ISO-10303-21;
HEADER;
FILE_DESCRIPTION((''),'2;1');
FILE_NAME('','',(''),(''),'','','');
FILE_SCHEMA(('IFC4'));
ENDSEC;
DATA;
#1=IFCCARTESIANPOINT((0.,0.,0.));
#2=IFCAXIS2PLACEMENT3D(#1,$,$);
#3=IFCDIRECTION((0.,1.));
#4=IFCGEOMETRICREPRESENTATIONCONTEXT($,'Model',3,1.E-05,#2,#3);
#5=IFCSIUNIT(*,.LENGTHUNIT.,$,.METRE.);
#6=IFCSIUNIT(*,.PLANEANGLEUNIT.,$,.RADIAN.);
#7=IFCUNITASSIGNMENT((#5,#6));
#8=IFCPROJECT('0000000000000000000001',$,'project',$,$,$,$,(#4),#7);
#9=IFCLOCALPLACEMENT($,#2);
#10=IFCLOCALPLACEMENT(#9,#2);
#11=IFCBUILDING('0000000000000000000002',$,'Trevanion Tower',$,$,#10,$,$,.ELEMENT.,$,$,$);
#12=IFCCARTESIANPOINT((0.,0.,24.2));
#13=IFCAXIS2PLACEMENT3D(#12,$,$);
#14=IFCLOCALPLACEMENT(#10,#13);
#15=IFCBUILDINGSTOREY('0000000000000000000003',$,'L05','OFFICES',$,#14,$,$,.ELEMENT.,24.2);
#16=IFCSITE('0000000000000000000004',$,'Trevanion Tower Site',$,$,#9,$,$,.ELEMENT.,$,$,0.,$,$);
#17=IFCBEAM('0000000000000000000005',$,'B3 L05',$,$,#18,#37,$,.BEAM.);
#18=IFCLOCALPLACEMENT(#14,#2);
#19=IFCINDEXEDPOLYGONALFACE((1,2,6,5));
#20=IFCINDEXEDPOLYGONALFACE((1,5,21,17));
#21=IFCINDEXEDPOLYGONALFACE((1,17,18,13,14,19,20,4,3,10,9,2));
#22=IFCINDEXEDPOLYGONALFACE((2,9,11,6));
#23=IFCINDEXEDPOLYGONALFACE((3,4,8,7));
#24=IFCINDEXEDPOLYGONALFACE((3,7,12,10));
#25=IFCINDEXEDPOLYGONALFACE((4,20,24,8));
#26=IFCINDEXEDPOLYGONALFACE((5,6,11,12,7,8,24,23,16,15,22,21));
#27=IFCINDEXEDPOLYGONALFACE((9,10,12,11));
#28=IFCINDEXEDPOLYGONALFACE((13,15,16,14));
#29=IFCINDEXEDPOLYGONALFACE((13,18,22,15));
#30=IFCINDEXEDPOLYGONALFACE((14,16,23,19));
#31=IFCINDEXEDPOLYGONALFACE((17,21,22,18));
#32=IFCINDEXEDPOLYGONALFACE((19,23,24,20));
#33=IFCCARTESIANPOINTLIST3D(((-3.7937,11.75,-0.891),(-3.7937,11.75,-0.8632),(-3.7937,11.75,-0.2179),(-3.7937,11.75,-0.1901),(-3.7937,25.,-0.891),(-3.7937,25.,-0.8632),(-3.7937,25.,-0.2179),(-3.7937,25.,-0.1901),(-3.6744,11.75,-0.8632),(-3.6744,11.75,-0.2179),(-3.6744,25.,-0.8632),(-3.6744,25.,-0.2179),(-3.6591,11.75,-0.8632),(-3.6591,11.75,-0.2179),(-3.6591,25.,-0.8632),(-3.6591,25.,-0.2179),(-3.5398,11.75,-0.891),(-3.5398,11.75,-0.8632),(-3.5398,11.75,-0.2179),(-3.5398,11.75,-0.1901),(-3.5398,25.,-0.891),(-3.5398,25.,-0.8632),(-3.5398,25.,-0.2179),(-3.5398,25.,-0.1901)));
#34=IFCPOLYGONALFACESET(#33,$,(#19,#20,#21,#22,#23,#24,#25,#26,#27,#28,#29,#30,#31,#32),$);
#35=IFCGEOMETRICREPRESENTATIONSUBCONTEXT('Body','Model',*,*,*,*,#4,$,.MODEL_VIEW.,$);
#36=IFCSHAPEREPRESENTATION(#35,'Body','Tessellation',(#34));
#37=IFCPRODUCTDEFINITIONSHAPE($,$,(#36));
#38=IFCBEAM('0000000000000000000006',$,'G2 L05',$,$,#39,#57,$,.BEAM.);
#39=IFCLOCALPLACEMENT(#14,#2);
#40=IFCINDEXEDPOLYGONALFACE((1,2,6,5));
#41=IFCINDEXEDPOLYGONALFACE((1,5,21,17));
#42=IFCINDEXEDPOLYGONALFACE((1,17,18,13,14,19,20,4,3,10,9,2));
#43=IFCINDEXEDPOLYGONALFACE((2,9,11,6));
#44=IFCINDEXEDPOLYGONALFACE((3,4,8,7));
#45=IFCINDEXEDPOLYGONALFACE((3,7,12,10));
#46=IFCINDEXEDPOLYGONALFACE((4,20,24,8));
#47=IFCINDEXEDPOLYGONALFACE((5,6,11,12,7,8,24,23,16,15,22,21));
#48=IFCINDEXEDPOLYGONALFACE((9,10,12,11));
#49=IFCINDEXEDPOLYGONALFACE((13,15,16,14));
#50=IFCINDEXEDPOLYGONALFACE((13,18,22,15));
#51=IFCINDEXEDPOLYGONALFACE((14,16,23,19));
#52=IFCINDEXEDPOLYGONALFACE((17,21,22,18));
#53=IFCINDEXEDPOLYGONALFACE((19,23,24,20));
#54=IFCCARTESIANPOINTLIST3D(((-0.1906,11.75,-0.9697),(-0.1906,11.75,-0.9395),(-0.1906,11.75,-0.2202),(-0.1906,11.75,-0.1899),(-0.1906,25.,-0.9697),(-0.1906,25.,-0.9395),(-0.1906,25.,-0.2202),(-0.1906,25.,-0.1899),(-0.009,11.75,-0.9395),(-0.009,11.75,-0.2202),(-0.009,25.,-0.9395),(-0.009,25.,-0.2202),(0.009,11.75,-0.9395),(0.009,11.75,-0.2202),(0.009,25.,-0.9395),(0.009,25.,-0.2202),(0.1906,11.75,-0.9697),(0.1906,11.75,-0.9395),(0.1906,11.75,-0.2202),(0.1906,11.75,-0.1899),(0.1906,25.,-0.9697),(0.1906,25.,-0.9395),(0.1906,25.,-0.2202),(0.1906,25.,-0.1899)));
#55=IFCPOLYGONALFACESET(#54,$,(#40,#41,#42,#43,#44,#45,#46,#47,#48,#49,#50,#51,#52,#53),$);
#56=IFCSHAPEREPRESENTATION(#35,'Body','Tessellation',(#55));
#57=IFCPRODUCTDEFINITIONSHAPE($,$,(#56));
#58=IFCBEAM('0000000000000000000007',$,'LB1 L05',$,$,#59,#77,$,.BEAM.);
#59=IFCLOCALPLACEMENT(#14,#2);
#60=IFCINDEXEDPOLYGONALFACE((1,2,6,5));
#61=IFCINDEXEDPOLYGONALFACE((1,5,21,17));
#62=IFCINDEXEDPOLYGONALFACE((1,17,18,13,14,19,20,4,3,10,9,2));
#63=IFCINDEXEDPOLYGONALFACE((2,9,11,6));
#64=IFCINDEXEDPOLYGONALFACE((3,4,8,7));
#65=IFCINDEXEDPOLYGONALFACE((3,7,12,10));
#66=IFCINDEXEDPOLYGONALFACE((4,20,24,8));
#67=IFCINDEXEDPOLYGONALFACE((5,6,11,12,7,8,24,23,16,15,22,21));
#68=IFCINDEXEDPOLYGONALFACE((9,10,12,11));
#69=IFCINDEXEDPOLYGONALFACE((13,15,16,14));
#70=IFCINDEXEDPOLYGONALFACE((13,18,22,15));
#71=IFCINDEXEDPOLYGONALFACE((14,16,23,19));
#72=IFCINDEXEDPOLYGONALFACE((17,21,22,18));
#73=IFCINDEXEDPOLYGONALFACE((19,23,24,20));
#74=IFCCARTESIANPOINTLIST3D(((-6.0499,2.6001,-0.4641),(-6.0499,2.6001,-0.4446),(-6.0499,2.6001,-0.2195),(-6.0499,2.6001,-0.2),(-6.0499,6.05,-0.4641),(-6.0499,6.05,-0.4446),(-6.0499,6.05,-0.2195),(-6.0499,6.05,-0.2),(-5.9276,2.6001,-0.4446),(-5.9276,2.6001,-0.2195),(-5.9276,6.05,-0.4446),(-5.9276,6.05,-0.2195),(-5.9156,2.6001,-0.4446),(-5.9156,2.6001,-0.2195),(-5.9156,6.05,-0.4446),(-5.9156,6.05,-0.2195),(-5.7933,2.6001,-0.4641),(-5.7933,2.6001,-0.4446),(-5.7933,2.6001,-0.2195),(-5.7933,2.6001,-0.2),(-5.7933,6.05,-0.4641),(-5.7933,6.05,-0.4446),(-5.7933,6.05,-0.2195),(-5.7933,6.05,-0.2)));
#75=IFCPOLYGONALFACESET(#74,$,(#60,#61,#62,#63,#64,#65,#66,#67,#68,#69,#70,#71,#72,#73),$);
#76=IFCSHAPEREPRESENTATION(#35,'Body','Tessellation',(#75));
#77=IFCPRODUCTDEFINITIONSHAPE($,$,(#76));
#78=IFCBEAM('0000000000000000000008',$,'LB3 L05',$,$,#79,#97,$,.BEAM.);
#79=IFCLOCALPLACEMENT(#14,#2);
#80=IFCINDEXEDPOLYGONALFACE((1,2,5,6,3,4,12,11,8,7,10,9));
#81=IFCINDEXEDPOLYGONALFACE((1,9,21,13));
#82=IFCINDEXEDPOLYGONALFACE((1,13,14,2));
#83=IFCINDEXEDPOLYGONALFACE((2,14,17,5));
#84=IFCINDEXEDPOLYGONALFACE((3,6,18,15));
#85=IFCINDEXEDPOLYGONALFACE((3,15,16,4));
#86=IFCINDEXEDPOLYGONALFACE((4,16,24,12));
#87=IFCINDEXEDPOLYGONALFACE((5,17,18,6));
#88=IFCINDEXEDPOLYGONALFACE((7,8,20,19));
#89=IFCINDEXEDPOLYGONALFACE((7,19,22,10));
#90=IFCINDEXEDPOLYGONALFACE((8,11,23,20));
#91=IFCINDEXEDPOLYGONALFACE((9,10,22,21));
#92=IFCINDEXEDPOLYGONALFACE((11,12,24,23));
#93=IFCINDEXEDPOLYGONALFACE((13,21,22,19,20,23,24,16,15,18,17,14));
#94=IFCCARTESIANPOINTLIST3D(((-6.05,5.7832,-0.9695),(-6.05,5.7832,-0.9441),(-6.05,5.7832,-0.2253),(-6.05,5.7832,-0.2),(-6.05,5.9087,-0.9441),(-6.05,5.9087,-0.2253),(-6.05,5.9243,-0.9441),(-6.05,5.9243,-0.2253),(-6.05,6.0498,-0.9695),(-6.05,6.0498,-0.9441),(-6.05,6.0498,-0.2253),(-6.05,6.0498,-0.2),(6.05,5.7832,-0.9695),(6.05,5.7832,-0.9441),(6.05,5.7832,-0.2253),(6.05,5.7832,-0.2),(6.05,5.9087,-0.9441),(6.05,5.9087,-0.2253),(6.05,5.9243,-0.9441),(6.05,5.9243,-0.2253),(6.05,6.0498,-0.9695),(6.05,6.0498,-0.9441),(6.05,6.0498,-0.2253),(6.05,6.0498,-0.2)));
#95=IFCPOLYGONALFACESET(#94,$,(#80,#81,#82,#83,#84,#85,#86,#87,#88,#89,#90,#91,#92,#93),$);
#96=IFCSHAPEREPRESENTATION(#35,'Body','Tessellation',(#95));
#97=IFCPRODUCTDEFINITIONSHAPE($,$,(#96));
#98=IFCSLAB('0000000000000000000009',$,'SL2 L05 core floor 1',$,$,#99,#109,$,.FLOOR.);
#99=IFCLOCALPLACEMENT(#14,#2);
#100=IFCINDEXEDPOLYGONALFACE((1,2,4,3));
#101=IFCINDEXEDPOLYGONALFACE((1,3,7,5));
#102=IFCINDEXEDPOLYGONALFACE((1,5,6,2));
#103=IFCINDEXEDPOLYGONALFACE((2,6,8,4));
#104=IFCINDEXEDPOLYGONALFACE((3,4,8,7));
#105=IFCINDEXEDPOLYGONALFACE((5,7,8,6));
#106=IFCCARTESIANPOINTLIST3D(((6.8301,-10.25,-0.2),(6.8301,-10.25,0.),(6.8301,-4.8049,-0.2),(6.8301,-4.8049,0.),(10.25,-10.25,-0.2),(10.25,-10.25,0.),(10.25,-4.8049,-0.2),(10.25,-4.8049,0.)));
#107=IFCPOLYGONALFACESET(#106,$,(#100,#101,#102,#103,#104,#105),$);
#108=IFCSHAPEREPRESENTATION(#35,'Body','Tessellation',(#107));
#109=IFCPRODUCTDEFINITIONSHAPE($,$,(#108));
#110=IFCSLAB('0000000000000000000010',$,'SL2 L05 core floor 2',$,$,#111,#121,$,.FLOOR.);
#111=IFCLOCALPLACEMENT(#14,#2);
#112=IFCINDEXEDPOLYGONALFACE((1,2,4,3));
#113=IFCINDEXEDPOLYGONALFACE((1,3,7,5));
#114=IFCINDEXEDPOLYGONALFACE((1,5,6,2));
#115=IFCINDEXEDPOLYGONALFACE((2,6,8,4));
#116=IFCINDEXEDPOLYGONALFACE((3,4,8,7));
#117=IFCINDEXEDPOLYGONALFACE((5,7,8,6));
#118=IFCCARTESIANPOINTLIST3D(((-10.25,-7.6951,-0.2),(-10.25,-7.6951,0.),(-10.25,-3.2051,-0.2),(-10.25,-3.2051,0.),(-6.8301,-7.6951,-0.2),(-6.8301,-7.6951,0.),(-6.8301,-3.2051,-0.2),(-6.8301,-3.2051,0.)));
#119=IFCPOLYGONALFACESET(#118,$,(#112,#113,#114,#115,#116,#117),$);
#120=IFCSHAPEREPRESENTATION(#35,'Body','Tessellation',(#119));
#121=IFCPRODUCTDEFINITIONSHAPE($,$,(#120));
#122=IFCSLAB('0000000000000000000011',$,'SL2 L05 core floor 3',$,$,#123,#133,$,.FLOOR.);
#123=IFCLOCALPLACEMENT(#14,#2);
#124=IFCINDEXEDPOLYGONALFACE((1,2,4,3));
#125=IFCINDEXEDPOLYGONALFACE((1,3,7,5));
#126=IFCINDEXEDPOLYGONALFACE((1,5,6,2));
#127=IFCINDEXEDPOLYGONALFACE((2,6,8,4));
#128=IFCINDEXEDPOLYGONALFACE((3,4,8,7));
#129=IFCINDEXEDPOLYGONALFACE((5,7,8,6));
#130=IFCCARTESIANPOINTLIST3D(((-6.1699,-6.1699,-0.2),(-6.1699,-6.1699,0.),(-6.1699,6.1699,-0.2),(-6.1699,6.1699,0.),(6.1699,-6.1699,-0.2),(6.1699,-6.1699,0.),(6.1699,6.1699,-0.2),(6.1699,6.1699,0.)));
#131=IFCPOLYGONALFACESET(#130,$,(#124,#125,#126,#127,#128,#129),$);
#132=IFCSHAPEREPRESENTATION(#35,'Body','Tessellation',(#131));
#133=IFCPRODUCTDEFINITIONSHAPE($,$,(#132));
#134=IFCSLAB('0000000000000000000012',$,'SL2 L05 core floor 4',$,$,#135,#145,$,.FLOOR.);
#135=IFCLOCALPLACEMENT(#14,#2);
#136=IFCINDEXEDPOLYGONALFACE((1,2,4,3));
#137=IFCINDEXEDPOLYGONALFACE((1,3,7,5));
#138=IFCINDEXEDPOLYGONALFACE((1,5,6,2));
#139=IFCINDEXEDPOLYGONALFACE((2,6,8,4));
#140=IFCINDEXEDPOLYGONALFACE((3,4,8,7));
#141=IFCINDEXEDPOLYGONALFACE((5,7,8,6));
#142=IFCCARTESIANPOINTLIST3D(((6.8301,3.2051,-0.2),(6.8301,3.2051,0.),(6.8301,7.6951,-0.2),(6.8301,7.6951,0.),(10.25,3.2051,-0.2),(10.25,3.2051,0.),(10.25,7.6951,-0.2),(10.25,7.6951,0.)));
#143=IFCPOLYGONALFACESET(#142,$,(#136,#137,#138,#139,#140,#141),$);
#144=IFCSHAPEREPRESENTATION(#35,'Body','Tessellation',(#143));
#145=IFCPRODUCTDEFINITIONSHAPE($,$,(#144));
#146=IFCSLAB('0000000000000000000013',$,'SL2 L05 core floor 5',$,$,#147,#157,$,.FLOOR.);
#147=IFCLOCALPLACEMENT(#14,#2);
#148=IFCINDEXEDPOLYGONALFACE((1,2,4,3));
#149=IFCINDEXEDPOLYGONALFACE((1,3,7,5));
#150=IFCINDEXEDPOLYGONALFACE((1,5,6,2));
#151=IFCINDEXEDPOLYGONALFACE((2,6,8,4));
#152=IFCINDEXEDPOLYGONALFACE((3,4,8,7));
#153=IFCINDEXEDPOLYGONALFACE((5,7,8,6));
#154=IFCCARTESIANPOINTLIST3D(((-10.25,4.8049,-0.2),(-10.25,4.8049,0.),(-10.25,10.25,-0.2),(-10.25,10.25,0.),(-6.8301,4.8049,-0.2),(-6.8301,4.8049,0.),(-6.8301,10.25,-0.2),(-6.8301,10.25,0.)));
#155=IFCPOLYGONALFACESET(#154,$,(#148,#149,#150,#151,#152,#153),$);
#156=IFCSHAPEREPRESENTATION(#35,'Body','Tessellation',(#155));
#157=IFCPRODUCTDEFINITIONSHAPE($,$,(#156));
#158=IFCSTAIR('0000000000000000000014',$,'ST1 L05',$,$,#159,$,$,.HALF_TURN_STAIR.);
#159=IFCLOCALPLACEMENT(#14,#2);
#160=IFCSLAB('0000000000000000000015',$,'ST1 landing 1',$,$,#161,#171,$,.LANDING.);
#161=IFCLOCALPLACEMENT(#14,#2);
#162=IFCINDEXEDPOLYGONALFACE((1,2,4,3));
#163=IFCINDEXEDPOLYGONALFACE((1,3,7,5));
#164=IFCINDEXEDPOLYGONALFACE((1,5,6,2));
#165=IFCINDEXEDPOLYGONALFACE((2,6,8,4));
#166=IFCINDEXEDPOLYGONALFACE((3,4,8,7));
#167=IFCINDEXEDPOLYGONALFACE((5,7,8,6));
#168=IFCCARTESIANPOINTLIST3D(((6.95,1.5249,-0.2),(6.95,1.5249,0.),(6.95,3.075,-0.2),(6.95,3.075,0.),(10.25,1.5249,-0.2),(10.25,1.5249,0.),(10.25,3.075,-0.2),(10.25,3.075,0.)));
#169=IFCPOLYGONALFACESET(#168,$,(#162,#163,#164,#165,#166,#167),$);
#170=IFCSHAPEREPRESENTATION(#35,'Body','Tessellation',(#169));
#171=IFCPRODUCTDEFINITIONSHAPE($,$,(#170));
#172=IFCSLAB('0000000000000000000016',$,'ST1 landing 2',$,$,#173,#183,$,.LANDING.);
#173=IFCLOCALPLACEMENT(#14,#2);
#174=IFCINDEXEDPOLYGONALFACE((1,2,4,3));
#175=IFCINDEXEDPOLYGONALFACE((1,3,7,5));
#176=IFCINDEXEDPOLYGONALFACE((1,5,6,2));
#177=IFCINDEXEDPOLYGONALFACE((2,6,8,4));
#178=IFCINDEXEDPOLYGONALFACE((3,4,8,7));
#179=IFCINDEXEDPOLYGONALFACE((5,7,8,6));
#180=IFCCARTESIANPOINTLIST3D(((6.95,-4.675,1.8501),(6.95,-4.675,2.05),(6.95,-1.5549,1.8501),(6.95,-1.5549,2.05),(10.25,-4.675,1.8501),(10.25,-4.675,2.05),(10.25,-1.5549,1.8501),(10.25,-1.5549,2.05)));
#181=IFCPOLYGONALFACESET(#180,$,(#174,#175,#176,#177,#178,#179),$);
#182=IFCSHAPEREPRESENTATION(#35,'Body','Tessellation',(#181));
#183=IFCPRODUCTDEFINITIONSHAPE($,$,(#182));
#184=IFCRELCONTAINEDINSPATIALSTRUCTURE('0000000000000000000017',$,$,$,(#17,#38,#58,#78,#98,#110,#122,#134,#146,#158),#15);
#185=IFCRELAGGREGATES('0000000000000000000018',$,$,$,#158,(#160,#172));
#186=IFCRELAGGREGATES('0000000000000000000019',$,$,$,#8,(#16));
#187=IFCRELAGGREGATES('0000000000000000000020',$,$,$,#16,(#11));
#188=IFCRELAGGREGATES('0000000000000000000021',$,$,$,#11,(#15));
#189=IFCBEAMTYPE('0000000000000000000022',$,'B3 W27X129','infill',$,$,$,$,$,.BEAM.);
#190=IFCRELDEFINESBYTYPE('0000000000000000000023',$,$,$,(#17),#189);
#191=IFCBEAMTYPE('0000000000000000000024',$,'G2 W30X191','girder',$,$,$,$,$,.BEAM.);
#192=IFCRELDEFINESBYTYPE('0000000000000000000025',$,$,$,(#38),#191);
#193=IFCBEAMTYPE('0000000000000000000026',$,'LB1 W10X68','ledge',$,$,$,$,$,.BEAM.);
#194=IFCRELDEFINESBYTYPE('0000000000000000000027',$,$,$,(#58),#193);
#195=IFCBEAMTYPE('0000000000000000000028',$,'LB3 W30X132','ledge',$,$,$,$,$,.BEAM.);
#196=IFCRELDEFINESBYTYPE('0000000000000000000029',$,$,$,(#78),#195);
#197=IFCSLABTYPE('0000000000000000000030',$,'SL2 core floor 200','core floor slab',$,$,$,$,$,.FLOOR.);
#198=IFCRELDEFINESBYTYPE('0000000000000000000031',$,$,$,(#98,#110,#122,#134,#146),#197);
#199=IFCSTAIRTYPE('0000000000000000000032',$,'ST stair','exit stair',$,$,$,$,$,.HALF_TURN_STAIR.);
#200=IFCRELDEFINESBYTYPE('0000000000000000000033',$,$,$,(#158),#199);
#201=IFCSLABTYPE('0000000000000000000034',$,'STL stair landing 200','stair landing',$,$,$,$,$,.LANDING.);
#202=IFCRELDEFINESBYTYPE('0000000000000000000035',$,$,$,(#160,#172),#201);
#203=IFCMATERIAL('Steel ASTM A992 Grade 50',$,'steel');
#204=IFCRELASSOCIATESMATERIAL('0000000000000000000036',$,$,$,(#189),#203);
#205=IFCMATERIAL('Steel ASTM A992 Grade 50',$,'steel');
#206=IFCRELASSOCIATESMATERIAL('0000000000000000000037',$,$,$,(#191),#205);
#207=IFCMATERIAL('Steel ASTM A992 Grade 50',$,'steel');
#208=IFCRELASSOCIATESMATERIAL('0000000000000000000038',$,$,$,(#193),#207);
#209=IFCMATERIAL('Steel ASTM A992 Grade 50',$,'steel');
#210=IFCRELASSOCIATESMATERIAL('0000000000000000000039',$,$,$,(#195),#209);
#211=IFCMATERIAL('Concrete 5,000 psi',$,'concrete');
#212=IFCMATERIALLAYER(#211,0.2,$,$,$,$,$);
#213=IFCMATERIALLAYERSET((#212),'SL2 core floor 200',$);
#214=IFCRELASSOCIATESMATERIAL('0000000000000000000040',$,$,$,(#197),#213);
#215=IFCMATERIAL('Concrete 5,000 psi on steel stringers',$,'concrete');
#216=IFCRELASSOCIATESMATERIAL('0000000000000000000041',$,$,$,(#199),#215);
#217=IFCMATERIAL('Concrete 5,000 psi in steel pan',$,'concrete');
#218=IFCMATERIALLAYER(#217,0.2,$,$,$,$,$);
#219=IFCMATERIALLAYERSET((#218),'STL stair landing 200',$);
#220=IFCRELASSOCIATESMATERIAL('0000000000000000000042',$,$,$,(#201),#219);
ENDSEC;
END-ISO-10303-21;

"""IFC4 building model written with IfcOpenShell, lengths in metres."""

from ifc_helpers import new_model, si_unit, direction, frame, origin, origin_2d, place, context, subcontext, project, spatial, polyline, i_section, outline, extrude, material, layer, layer_set, material_profile, profile_set, type_object, element, aggregate, save


model = new_model("IFC4")

# Units and contexts
model_context = context("Model", 3, precision=1e-05, world=origin(), true_north=direction((0.0, 1.0)))
body_context = subcontext(model_context, "Body", "Model", "MODEL_VIEW")
ifc_project = project(units=[si_unit("LENGTHUNIT", "METRE"), si_unit("PLANEANGLEUNIT", "RADIAN")], contexts=[model_context])

# Site, building, storey
site_placement = place(None, origin())
site = spatial("IfcSite", under=ifc_project, at=site_placement, Name="Trevanion Tower Site", CompositionType="ELEMENT", RefElevation=0.0)
building_placement = place(site_placement, origin())
building = spatial("IfcBuilding", under=site, at=building_placement, Name="Trevanion Tower", CompositionType="ELEMENT")
storey_placement = place(building_placement, frame((0.0, 0.0, 24.2)))
storey = spatial("IfcBuildingStorey", under=building, at=storey_placement, Name="L05", Description="OFFICES", CompositionType="ELEMENT", Elevation=24.2)

# Beams
ifc_material_1 = material(Name="Steel ASTM A992 Grade 50", Category="steel")
ifc_material_profile_1 = material_profile(ifc_material_1, i_section(OverallWidth=0.2539, OverallDepth=0.7009, WebThickness=0.0154, FlangeThickness=0.0278, at=origin_2d()), Name="W27X129")
ifc_profile_set_1 = profile_set([ifc_material_profile_1], Name="Steel ASTM A992 Grade 50")
beam_type_1 = type_object("IfcBeamType", Name="B3 W27X129", Description="infill", PredefinedType="BEAM", material=ifc_profile_set_1)
beam_1_placement = place(storey_placement, frame((-3.6667, 11.75, -0.5405), z_axis=(0.0, 1.0, 0.0), x_axis=(-1.0, 0.0, 0.0)))
element("IfcBeam", 1, at=beam_1_placement, inside=storey, type_object=beam_type_1, Name="B3 L05", PredefinedType="BEAM", context=body_context, shape_type="SweptSolid", body=[
    extrude(i_section(OverallWidth=0.2539, OverallDepth=0.7009, WebThickness=0.0154, FlangeThickness=0.0278, at=origin_2d()), origin(), (0.0, 0.0, 1.0), 13.25),
])
ifc_material_2 = material(Name="Steel ASTM A992 Grade 50", Category="steel")
ifc_material_profile_2 = material_profile(ifc_material_2, i_section(OverallWidth=0.3811, OverallDepth=0.7798, WebThickness=0.0181, FlangeThickness=0.0303, at=origin_2d()), Name="W30X191")
ifc_profile_set_2 = profile_set([ifc_material_profile_2], Name="Steel ASTM A992 Grade 50")
beam_type_2 = type_object("IfcBeamType", Name="G2 W30X191", Description="girder", PredefinedType="BEAM", material=ifc_profile_set_2)
beam_2_placement = place(storey_placement, frame((0.0, 11.75, -0.5798), z_axis=(0.0, 1.0, 0.0), x_axis=(-1.0, 0.0, 0.0)))
element("IfcBeam", 2, at=beam_2_placement, inside=storey, type_object=beam_type_2, Name="G2 L05", PredefinedType="BEAM", context=body_context, shape_type="SweptSolid", body=[
    extrude(i_section(OverallWidth=0.3811, OverallDepth=0.7798, WebThickness=0.0181, FlangeThickness=0.0303, at=origin_2d()), origin(), (0.0, 0.0, 1.0), 13.25),
])
ifc_material_3 = material(Name="Steel ASTM A992 Grade 50", Category="steel")
ifc_material_profile_3 = material_profile(ifc_material_3, i_section(OverallWidth=0.2566, OverallDepth=0.2642, WebThickness=0.012, FlangeThickness=0.0195, at=origin_2d()), Name="W10X68")
ifc_profile_set_3 = profile_set([ifc_material_profile_3], Name="Steel ASTM A992 Grade 50")
beam_type_3 = type_object("IfcBeamType", Name="LB1 W10X68", Description="ledge", PredefinedType="BEAM", material=ifc_profile_set_3)
beam_3_placement = place(storey_placement, frame((-5.9216, 2.6001, -0.332), z_axis=(0.0, 1.0, 0.0), x_axis=(-1.0, 0.0, 0.0)))
element("IfcBeam", 3, at=beam_3_placement, inside=storey, type_object=beam_type_3, Name="LB1 L05", PredefinedType="BEAM", context=body_context, shape_type="SweptSolid", body=[
    extrude(i_section(OverallWidth=0.2566, OverallDepth=0.2642, WebThickness=0.012, FlangeThickness=0.0195, at=origin_2d()), origin(), (0.0, 0.0, 1.0), 3.45),
])
ifc_material_4 = material(Name="Steel ASTM A992 Grade 50", Category="steel")
ifc_material_profile_4 = material_profile(ifc_material_4, i_section(OverallWidth=0.2666, OverallDepth=0.7695, WebThickness=0.0156, FlangeThickness=0.0254, at=origin_2d()), Name="W30X132")
ifc_profile_set_4 = profile_set([ifc_material_profile_4], Name="Steel ASTM A992 Grade 50")
beam_type_4 = type_object("IfcBeamType", Name="LB3 W30X132", Description="ledge", PredefinedType="BEAM", material=ifc_profile_set_4)
beam_4_placement = place(storey_placement, frame((-6.05, 5.9165, -0.5847), z_axis=(1.0, 0.0, 0.0), x_axis=(0.0, 1.0, 0.0)))
element("IfcBeam", 4, at=beam_4_placement, inside=storey, type_object=beam_type_4, Name="LB3 L05", PredefinedType="BEAM", context=body_context, shape_type="SweptSolid", body=[
    extrude(i_section(OverallWidth=0.2666, OverallDepth=0.7695, WebThickness=0.0156, FlangeThickness=0.0254, at=origin_2d()), origin(), (0.0, 0.0, 1.0), 12.1001),
])

# Slabs
ifc_material_5 = material(Name="Concrete 5,000 psi", Category="concrete")
ifc_layer_1 = layer(ifc_material_5, 0.2)
ifc_layer_set_1 = layer_set([ifc_layer_1], Name="SL2 core floor 200")
slab_type_1 = type_object("IfcSlabType", Name="SL2 core floor 200", Description="core floor slab", PredefinedType="FLOOR", material=ifc_layer_set_1)
slab_1_placement = place(storey_placement, frame((0.0, 0.0, -0.2)))
element("IfcSlab", 5, at=slab_1_placement, inside=storey, type_object=slab_type_1, Name="SL2 L05 core floor 1", PredefinedType="FLOOR", context=body_context, shape_type="SweptSolid", body=[
    extrude(outline(polyline([(10.25, -4.8049), (10.25, -10.25), (6.8301, -10.25), (6.8301, -4.8049), (10.25, -4.8049)])), origin(), (0.0, 0.0, 1.0), 0.2),
])
slab_2_placement = place(storey_placement, frame((0.0, 0.0, -0.2)))
element("IfcSlab", 6, at=slab_2_placement, inside=storey, type_object=slab_type_1, Name="SL2 L05 core floor 2", PredefinedType="FLOOR", context=body_context, shape_type="SweptSolid", body=[
    extrude(outline(polyline([(-6.8301, -3.2051), (-6.8301, -7.6951), (-10.25, -7.6951), (-10.25, -3.2051), (-6.8301, -3.2051)])), origin(), (0.0, 0.0, 1.0), 0.2),
])
slab_3_placement = place(storey_placement, frame((0.0, 0.0, -0.2)))
element("IfcSlab", 7, at=slab_3_placement, inside=storey, type_object=slab_type_1, Name="SL2 L05 core floor 3", PredefinedType="FLOOR", context=body_context, shape_type="SweptSolid", body=[
    extrude(outline(polyline([(6.1699, -6.1699), (-6.1699, -6.1699), (-6.1699, 6.1699), (6.1699, 6.1699), (6.1699, -6.1699)])), origin(), (0.0, 0.0, 1.0), 0.2),
])
slab_4_placement = place(storey_placement, frame((0.0, 0.0, -0.2)))
element("IfcSlab", 8, at=slab_4_placement, inside=storey, type_object=slab_type_1, Name="SL2 L05 core floor 4", PredefinedType="FLOOR", context=body_context, shape_type="SweptSolid", body=[
    extrude(outline(polyline([(6.8301, 3.2051), (6.8301, 7.6951), (10.25, 7.6951), (10.25, 3.2051), (6.8301, 3.2051)])), origin(), (0.0, 0.0, 1.0), 0.2),
])
slab_5_placement = place(storey_placement, frame((0.0, 0.0, -0.2)))
element("IfcSlab", 9, at=slab_5_placement, inside=storey, type_object=slab_type_1, Name="SL2 L05 core floor 5", PredefinedType="FLOOR", context=body_context, shape_type="SweptSolid", body=[
    extrude(outline(polyline([(-6.8301, 4.8049), (-10.25, 4.8049), (-10.25, 10.25), (-6.8301, 10.25), (-6.8301, 4.8049)])), origin(), (0.0, 0.0, 1.0), 0.2),
])

# Stair, slabs
ifc_material_6 = material(Name="Concrete 5,000 psi on steel stringers", Category="concrete")
stair_type = type_object("IfcStairType", Name="ST stair", Description="exit stair", PredefinedType="HALF_TURN_STAIR", material=ifc_material_6)
stair_1_placement = place(storey_placement, origin())
stair_1 = element("IfcStair", 10, at=stair_1_placement, inside=storey, type_object=stair_type, Name="ST1 L05", PredefinedType="HALF_TURN_STAIR")
ifc_material_7 = material(Name="Concrete 5,000 psi in steel pan", Category="concrete")
ifc_layer_2 = layer(ifc_material_7, 0.2)
ifc_layer_set_2 = layer_set([ifc_layer_2], Name="STL stair landing 200")
slab_type_2 = type_object("IfcSlabType", Name="STL stair landing 200", Description="stair landing", PredefinedType="LANDING", material=ifc_layer_set_2)
slab_6_placement = place(storey_placement, frame((0.0, 0.0, -0.2)))
slab_6 = element("IfcSlab", 11, at=slab_6_placement, type_object=slab_type_2, Name="ST1 landing 1", PredefinedType="LANDING", context=body_context, shape_type="SweptSolid", body=[
    extrude(outline(polyline([(6.95, 1.5249), (10.25, 1.5249), (10.25, 3.075), (6.95, 3.075), (6.95, 1.5249)])), origin(), (0.0, 0.0, 1.0), 0.2),
])
slab_7_placement = place(storey_placement, frame((0.0, 0.0, 1.8501)))
slab_7 = element("IfcSlab", 12, at=slab_7_placement, type_object=slab_type_2, Name="ST1 landing 2", PredefinedType="LANDING", context=body_context, shape_type="SweptSolid", body=[
    extrude(outline(polyline([(6.95, -4.675), (10.25, -4.675), (10.25, -1.5549), (6.95, -1.5549), (6.95, -4.675)])), origin(), (0.0, 0.0, 1.0), 0.2),
])
aggregate(stair_1, [slab_6, slab_7])

save(model, "model.ifc")
